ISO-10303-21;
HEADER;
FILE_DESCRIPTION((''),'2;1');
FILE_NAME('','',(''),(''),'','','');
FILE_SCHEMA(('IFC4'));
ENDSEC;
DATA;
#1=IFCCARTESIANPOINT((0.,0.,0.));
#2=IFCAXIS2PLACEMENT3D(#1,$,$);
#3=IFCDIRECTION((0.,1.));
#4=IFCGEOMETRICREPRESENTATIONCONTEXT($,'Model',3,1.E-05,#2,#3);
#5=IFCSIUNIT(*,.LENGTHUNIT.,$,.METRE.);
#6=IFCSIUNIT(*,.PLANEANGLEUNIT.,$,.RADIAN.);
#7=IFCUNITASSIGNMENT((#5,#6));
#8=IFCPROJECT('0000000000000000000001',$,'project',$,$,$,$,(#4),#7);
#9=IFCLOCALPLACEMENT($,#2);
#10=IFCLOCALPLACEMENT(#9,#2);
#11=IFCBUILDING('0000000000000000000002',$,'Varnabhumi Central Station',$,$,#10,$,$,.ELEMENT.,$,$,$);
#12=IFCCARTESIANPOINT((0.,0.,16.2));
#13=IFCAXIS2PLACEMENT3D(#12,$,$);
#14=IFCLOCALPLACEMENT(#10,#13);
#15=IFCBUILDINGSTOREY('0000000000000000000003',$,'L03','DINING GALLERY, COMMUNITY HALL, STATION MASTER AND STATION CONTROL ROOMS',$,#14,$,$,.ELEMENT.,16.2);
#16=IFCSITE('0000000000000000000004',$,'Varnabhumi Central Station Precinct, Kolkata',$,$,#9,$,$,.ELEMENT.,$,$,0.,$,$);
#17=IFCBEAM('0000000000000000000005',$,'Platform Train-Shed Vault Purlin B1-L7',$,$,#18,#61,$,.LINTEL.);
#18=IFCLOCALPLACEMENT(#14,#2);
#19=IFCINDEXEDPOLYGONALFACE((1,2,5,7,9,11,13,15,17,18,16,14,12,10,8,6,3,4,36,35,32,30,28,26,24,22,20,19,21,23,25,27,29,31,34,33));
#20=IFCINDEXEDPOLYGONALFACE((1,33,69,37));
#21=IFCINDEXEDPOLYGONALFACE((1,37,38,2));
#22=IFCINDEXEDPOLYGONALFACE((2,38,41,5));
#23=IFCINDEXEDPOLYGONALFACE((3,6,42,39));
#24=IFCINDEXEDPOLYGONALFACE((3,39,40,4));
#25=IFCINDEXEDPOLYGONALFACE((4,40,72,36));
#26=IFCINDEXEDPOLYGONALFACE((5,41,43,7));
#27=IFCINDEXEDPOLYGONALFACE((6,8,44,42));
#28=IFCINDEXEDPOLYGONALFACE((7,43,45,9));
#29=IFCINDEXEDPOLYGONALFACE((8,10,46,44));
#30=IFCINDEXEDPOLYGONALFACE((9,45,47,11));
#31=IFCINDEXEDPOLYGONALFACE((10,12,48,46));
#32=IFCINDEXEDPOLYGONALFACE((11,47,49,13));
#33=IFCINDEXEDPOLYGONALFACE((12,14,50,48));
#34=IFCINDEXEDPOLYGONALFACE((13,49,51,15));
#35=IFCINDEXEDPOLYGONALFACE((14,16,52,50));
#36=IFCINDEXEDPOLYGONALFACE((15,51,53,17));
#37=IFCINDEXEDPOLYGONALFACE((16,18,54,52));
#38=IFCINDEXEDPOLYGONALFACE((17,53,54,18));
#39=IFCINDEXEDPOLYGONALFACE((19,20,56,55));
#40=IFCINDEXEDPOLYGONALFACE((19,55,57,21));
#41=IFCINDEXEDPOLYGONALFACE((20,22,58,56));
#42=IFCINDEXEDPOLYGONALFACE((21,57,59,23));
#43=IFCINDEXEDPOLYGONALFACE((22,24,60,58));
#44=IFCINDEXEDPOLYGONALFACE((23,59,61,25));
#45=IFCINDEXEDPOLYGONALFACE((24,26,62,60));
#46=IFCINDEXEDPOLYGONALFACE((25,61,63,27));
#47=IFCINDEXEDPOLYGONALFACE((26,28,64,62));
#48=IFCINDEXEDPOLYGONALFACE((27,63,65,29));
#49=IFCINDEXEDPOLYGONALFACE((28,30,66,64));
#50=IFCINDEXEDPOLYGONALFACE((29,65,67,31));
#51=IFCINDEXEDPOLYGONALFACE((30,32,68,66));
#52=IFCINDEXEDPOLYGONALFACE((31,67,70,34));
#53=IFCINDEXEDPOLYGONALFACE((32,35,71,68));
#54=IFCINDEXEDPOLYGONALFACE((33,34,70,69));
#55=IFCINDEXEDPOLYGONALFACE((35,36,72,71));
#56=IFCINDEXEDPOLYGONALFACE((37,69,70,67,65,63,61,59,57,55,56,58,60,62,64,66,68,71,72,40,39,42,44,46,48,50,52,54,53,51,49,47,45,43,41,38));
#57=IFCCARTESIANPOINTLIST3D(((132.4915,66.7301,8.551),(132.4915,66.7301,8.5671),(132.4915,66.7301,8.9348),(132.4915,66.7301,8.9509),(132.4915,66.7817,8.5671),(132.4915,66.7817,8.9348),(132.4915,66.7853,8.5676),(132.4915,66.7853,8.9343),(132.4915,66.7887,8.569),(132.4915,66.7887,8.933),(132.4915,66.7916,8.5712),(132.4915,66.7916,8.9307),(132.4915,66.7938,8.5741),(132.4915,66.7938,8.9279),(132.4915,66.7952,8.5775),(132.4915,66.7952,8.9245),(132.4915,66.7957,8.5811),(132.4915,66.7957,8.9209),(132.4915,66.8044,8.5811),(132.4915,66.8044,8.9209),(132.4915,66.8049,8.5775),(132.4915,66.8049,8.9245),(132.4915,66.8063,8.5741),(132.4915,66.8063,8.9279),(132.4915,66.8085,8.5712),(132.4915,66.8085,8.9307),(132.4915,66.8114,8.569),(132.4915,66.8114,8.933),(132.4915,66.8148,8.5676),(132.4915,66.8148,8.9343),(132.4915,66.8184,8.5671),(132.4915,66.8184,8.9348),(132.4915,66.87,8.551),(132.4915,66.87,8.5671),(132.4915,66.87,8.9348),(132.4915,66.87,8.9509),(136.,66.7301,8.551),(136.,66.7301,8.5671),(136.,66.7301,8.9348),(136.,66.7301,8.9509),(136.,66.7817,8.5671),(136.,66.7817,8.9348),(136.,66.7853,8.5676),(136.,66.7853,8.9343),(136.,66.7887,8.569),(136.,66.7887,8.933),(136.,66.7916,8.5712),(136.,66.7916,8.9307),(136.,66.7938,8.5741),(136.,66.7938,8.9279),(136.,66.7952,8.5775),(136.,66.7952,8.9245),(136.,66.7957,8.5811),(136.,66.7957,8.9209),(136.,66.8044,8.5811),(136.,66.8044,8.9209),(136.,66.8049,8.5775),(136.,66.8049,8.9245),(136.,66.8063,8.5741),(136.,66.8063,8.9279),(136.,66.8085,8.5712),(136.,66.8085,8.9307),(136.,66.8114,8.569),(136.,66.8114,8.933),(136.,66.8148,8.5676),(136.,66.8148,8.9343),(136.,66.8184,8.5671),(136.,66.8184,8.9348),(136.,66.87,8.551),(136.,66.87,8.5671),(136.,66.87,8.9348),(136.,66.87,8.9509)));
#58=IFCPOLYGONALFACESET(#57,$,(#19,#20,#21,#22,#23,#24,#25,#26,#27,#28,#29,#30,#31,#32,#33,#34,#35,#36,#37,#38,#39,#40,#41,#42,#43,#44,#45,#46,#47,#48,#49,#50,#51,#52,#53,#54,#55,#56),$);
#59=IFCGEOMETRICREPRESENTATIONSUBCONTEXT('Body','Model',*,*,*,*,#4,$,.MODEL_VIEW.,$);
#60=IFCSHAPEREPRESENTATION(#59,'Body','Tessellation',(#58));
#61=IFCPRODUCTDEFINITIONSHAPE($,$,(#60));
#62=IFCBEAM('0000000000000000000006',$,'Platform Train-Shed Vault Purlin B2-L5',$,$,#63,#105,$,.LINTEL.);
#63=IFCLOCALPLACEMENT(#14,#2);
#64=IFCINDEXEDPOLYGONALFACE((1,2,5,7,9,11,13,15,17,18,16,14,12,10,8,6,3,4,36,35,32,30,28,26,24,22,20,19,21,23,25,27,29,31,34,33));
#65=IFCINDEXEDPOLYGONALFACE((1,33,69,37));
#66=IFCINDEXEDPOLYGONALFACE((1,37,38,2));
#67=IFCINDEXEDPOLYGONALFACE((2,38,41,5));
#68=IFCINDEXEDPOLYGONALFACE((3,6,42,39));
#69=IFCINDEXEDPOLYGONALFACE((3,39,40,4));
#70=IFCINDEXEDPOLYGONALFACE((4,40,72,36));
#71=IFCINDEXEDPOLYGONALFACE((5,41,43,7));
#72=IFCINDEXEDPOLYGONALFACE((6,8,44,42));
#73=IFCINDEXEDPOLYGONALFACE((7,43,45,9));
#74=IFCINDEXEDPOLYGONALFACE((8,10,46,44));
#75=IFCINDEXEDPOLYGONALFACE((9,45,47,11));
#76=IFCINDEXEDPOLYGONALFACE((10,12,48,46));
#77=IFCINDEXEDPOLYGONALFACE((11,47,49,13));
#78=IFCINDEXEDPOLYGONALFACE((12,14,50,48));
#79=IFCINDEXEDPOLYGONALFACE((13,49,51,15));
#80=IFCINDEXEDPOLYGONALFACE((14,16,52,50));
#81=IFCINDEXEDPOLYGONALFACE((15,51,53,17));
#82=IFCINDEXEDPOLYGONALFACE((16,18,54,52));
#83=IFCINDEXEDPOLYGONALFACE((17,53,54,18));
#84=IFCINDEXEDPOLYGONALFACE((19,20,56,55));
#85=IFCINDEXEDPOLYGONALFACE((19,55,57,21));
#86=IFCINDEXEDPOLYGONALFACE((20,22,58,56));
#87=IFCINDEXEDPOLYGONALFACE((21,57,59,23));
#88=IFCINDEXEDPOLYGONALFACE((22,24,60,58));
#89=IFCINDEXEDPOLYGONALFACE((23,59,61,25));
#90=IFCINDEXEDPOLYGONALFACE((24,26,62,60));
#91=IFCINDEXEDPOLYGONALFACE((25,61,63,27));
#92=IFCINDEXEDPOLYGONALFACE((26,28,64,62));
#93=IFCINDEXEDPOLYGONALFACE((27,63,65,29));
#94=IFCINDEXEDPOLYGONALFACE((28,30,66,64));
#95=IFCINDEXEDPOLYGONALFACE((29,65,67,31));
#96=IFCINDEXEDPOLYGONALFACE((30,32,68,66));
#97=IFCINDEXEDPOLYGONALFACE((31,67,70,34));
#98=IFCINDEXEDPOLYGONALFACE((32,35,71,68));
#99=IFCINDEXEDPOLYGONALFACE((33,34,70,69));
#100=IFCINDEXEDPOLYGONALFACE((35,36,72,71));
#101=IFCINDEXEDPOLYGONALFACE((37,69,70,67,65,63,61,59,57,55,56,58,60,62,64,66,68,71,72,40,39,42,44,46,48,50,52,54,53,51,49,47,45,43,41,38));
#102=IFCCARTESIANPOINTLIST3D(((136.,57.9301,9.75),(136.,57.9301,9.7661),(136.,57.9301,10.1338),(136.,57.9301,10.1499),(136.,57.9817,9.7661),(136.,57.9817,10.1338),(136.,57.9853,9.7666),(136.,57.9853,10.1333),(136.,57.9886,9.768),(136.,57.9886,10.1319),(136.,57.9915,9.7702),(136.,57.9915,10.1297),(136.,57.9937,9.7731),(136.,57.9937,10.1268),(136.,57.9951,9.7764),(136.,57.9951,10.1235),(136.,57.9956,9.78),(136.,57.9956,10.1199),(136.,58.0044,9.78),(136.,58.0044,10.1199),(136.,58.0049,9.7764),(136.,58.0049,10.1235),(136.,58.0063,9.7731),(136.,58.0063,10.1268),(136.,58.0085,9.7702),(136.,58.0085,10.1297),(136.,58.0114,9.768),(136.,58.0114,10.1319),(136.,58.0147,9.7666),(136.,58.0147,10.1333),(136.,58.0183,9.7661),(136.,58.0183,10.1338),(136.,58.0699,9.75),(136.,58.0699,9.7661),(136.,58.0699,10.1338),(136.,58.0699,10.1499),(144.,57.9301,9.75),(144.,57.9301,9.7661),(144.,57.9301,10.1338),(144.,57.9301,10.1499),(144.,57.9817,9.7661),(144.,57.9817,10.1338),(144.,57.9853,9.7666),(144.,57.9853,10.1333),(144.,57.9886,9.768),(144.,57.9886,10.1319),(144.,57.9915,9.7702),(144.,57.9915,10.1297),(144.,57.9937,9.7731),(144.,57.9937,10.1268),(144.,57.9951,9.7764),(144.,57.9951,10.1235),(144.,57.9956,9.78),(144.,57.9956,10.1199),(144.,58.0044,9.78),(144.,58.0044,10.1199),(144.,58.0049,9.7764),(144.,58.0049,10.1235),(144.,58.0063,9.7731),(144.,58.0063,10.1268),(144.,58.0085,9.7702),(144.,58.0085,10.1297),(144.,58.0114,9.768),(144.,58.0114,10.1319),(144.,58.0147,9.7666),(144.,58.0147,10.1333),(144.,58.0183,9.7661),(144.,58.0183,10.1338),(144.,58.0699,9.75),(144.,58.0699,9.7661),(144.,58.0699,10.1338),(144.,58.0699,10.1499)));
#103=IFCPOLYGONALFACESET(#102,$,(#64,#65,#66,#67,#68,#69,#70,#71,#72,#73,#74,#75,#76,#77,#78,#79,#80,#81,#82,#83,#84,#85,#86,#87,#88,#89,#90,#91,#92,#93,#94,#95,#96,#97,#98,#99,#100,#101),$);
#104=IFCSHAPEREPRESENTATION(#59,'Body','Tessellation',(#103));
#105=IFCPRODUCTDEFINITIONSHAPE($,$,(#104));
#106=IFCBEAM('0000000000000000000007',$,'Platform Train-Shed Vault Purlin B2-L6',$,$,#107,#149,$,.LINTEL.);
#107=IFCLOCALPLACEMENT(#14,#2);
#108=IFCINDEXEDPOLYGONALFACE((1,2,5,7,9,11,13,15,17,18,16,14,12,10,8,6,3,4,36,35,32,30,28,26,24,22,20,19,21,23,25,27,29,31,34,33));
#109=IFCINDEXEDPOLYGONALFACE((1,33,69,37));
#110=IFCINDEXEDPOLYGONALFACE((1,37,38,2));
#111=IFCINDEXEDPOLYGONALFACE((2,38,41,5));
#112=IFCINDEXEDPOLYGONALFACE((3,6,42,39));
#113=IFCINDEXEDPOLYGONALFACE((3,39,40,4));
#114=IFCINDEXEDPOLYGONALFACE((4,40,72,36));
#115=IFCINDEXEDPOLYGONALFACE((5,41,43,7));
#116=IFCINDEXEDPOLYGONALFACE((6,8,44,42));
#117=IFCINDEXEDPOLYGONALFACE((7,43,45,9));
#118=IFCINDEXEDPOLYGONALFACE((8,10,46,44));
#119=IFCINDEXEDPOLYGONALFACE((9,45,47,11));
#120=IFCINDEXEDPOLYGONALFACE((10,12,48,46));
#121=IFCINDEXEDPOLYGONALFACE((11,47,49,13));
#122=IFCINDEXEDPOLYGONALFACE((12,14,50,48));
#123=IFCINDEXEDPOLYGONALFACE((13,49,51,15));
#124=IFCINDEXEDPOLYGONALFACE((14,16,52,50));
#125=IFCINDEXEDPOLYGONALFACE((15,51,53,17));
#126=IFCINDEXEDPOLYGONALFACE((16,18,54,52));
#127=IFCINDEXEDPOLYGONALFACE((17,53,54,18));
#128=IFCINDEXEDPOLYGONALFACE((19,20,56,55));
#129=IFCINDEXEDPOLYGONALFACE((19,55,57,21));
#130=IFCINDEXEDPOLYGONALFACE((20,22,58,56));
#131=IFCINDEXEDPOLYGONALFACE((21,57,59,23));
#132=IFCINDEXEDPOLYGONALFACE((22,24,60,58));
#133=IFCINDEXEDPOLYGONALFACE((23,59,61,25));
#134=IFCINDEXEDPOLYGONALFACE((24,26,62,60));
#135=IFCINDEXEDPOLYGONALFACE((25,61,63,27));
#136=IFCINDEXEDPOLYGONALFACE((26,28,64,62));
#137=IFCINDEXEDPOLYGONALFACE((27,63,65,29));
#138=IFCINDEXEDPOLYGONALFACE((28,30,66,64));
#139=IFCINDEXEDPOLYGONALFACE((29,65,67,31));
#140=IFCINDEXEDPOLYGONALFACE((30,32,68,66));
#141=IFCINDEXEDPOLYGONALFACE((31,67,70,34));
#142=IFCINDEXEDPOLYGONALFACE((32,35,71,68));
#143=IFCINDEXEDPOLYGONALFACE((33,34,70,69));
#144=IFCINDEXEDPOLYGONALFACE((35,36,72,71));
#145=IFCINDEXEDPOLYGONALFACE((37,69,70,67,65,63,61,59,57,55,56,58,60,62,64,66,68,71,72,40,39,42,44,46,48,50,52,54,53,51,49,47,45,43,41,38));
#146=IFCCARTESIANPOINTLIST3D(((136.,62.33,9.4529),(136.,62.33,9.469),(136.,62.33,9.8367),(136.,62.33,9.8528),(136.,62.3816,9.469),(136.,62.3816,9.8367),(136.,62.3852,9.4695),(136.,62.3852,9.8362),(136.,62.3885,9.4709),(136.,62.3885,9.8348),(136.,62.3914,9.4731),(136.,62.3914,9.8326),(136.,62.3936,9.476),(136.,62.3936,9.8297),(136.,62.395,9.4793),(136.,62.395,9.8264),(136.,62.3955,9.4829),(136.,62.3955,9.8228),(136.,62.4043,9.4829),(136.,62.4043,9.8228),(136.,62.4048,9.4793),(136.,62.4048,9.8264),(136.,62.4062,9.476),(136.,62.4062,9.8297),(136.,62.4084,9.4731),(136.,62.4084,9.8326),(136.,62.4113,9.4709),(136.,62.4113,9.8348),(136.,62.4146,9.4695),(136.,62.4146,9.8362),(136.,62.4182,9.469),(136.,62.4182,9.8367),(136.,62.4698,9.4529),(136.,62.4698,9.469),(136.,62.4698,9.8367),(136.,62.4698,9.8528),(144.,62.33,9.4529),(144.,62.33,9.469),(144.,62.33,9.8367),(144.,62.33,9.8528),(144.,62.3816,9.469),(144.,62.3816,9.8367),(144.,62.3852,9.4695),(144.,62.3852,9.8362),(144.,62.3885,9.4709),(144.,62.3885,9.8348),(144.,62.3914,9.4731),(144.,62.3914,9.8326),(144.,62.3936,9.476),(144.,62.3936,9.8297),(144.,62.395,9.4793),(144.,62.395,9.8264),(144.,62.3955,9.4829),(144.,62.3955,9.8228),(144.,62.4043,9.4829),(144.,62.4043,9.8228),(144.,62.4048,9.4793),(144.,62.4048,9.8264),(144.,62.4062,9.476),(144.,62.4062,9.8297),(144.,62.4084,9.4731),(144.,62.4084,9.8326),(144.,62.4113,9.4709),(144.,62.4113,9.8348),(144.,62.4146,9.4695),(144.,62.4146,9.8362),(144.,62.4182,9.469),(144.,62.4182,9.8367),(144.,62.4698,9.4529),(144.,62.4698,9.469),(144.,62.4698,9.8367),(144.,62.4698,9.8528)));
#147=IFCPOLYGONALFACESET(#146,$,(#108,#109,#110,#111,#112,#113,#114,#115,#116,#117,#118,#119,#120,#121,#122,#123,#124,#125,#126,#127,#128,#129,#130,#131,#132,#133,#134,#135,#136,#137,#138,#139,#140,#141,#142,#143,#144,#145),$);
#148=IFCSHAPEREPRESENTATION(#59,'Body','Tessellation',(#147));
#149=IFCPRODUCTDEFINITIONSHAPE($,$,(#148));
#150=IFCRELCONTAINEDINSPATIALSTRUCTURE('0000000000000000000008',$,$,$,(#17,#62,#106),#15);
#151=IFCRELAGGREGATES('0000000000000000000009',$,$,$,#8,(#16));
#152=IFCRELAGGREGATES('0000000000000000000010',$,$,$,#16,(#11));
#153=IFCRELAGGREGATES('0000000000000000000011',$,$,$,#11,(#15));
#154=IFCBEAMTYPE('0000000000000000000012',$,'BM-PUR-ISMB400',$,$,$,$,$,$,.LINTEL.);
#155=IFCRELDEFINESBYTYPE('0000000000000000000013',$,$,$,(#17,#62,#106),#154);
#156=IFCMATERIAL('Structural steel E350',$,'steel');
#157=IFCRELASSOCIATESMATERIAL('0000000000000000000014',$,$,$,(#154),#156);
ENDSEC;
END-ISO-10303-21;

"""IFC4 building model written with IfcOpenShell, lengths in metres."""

from ifc_helpers import new_model, si_unit, direction, frame, origin, origin_2d, place, context, subcontext, project, spatial, i_section, extrude, material, material_profile, profile_set, type_object, element, save


model = new_model("IFC4")

# Units and contexts
model_context = context("Model", 3, precision=1e-05, world=origin(), true_north=direction((0.0, 1.0)))
body_context = subcontext(model_context, "Body", "Model", "MODEL_VIEW")
ifc_project = project(units=[si_unit("LENGTHUNIT", "METRE"), si_unit("PLANEANGLEUNIT", "RADIAN")], contexts=[model_context])

# Site, building, storey
site_placement = place(None, origin())
site = spatial("IfcSite", under=ifc_project, at=site_placement, Name="Varnabhumi Central Station Precinct, Kolkata", CompositionType="ELEMENT", RefElevation=0.0)
building_placement = place(site_placement, origin())
building = spatial("IfcBuilding", under=site, at=building_placement, Name="Varnabhumi Central Station", CompositionType="ELEMENT")
storey_placement = place(building_placement, frame((0.0, 0.0, 16.2)))
storey = spatial("IfcBuildingStorey", under=building, at=storey_placement, Name="L03", Description="DINING GALLERY, COMMUNITY HALL, STATION MASTER AND STATION CONTROL ROOMS", CompositionType="ELEMENT", Elevation=16.2)

# Beams
ifc_material_1 = material(Name="Structural steel E350", Category="steel")
ifc_material_profile_1 = material_profile(ifc_material_1, i_section(OverallWidth=0.1399, OverallDepth=0.3999, WebThickness=0.0088, FlangeThickness=0.0161, FilletRadius=0.0139, at=origin_2d()), Name="Structural steel E350", Category="steel")
ifc_profile_set_1 = profile_set([ifc_material_profile_1], Name="Structural steel E350")
beam_type_1 = type_object("IfcBeamType", Name="BM-PUR-ISMB400", PredefinedType="LINTEL", material=ifc_profile_set_1)
beam_1_placement = place(storey_placement, frame((132.4915, 66.8, 8.751), z_axis=(1.0, 0.0, 0.0), x_axis=(0.0, 1.0, 0.0)))
element("IfcBeam", 1, at=beam_1_placement, inside=storey, type_object=beam_type_1, Name="Platform Train-Shed Vault Purlin B1-L7", PredefinedType="LINTEL", context=body_context, shape_type="SweptSolid", body=[
    extrude(i_section(OverallWidth=0.1399, OverallDepth=0.3999, WebThickness=0.0088, FlangeThickness=0.0161, FilletRadius=0.0139, at=origin_2d()), origin(), (0.0, 0.0, 1.0), 3.5085),
])
for number, where, z_axis, x_axis, name in (
    (2, (136.0, 58.0, 9.95), (1.0, 0.0, 0.0), (0.0, 1.0, 0.0), "Platform Train-Shed Vault Purlin B2-L5"),
    (3, (136.0, 62.3999, 9.6528), (1.0, 0.0, 0.0), (0.0, 1.0, 0.0), "Platform Train-Shed Vault Purlin B2-L6"),
):
    element("IfcBeam", number, at=place(storey_placement, frame(where, z_axis=z_axis, x_axis=x_axis)), inside=storey, type_object=beam_type_1, Name=name, PredefinedType="LINTEL", context=body_context, shape_type="SweptSolid", body=[
        extrude(i_section(OverallWidth=0.1399, OverallDepth=0.3999, WebThickness=0.0088, FlangeThickness=0.0161, FilletRadius=0.0139, at=origin_2d()), origin(), (0.0, 0.0, 1.0), 8.0),
    ])

save(model, "model.ifc")
